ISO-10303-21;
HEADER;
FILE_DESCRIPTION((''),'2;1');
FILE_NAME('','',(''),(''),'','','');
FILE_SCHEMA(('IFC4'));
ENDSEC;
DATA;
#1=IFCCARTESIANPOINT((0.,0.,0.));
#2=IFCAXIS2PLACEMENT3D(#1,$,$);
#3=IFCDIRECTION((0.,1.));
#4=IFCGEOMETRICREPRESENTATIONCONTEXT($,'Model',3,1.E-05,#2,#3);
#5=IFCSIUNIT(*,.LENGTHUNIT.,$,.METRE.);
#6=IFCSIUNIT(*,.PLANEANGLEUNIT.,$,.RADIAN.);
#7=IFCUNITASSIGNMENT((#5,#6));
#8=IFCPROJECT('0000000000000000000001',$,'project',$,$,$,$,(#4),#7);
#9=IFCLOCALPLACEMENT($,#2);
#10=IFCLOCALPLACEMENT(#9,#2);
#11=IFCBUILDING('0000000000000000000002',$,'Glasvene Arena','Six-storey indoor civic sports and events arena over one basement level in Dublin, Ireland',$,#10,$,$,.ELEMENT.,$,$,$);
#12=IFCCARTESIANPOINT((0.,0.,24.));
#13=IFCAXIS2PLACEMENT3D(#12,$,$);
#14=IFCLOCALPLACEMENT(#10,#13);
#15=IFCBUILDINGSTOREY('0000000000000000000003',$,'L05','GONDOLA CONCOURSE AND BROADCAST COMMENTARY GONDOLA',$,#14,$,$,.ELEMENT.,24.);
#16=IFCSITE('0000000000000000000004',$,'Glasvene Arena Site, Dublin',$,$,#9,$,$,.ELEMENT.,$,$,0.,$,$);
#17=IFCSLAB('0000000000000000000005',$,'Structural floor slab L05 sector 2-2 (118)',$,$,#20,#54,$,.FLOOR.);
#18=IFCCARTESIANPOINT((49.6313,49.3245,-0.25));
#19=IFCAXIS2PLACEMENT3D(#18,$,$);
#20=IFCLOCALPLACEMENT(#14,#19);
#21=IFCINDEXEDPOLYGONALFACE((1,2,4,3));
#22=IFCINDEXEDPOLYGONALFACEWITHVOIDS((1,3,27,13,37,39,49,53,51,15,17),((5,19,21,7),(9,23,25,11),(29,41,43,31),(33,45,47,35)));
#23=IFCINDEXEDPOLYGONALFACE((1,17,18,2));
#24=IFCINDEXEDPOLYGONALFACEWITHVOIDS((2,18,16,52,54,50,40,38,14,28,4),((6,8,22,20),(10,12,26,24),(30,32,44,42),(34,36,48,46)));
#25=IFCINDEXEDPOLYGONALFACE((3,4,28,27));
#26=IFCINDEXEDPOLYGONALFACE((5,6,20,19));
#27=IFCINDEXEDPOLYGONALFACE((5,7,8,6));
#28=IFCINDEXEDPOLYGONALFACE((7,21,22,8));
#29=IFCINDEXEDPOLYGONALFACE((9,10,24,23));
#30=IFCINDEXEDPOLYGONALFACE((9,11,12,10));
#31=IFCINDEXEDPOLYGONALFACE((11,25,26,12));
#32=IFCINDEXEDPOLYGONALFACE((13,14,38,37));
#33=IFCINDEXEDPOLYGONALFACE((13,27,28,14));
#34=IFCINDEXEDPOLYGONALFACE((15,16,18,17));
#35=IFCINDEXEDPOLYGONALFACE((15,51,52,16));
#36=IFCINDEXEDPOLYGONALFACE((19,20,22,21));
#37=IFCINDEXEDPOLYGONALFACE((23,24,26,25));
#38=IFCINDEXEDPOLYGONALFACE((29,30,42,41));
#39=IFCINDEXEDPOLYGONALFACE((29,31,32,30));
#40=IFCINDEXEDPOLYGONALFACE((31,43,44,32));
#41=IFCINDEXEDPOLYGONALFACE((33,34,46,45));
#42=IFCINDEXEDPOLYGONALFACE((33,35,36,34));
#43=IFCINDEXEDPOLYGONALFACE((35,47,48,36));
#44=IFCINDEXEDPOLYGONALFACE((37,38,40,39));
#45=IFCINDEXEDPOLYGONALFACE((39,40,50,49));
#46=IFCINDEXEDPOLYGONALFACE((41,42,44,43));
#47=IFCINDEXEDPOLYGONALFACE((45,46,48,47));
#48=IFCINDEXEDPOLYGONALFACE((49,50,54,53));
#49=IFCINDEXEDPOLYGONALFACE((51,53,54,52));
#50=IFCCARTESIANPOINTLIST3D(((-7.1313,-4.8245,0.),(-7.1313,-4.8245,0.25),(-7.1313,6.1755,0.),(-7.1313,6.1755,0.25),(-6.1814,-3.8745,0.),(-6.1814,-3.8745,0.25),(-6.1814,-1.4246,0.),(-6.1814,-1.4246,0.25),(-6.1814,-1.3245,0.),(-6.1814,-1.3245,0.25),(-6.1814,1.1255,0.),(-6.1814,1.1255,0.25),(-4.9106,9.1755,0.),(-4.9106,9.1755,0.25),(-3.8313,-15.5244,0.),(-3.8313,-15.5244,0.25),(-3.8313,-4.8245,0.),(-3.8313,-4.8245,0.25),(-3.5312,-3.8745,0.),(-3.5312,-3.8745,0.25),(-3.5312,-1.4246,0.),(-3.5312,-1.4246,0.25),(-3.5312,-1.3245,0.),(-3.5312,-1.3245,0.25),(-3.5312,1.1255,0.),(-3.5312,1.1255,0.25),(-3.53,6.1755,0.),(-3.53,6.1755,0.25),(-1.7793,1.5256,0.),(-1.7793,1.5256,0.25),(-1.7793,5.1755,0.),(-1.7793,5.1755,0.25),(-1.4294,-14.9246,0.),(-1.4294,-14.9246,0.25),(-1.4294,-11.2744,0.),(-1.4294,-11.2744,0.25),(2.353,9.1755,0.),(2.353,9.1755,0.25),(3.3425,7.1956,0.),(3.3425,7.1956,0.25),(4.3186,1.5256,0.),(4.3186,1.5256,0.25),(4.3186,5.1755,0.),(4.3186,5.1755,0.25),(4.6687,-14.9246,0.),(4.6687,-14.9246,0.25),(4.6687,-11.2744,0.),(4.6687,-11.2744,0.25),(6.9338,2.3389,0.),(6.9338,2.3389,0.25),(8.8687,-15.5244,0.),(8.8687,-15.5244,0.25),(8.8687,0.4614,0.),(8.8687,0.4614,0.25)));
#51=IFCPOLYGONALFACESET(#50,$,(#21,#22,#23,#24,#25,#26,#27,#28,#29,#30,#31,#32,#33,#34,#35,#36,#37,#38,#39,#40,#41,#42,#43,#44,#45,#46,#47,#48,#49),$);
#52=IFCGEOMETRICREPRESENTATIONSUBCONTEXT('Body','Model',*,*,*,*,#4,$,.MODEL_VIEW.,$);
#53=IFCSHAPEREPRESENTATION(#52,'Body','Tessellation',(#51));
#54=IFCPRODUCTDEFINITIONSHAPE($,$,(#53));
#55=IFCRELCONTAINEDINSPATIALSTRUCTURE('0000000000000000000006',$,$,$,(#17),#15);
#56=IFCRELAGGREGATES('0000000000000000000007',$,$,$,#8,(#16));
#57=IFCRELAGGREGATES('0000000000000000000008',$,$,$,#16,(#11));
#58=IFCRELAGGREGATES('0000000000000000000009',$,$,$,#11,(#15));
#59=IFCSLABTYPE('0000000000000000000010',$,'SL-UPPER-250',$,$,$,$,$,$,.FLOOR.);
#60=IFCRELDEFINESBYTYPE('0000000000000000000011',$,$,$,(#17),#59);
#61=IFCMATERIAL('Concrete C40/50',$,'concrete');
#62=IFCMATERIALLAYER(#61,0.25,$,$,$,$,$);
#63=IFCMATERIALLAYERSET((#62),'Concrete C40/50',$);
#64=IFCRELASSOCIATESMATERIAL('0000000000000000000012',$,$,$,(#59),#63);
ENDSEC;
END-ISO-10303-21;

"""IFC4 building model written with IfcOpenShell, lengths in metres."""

from ifc_helpers import new_model, si_unit, direction, frame, origin, place, context, subcontext, project, spatial, polyline, outline, extrude, material, layer, layer_set, type_object, element, save


model = new_model("IFC4")

# Units and contexts
model_context = context("Model", 3, precision=1e-05, world=origin(), true_north=direction((0.0, 1.0)))
body_context = subcontext(model_context, "Body", "Model", "MODEL_VIEW")
ifc_project = project(units=[si_unit("LENGTHUNIT", "METRE"), si_unit("PLANEANGLEUNIT", "RADIAN")], contexts=[model_context])

# Site, building, storey
site_placement = place(None, origin())
site = spatial("IfcSite", under=ifc_project, at=site_placement, Name="Glasvene Arena Site, Dublin", CompositionType="ELEMENT", RefElevation=0.0)
building_placement = place(site_placement, origin())
building = spatial("IfcBuilding", under=site, at=building_placement, Name="Glasvene Arena", Description="Six-storey indoor civic sports and events arena over one basement level in Dublin, Ireland", CompositionType="ELEMENT")
storey_placement = place(building_placement, frame((0.0, 0.0, 24.0)))
storey = spatial("IfcBuildingStorey", under=building, at=storey_placement, Name="L05", Description="GONDOLA CONCOURSE AND BROADCAST COMMENTARY GONDOLA", CompositionType="ELEMENT", Elevation=24.0)

# Slab
ifc_material_1 = material(Name="Concrete C40/50", Category="concrete")
ifc_layer_1 = layer(ifc_material_1, 0.25)
ifc_layer_set_1 = layer_set([ifc_layer_1], Name="Concrete C40/50")
slab_type = type_object("IfcSlabType", Name="SL-UPPER-250", PredefinedType="FLOOR", material=ifc_layer_set_1)
slab_placement = place(storey_placement, frame((49.6313, 49.3245, -0.25)))
element("IfcSlab", 1, at=slab_placement, inside=storey, type_object=slab_type, Name="Structural floor slab L05 sector 2-2 (118)", PredefinedType="FLOOR", context=body_context, shape_type="SweptSolid", body=[
    extrude(outline(polyline([(-7.1313, -4.8245), (-7.1313, 6.1755), (-3.53, 6.1755), (-4.9106, 9.1755), (2.353, 9.1755), (3.3425, 7.1956), (6.9338, 2.3389), (8.8687, 0.4614), (8.8687, -15.5244), (-3.8313, -15.5244), (-3.8313, -4.8245), (-7.1313, -4.8245)]), holes=[polyline([(-1.4294, -11.2744), (-1.4294, -14.9246), (4.6687, -14.9246), (4.6687, -11.2744), (-1.4294, -11.2744)]), polyline([(-3.5312, -1.4246), (-6.1814, -1.4246), (-6.1814, -3.8745), (-3.5312, -3.8745), (-3.5312, -1.4246)]), polyline([(-3.5312, 1.1255), (-6.1814, 1.1255), (-6.1814, -1.3245), (-3.5312, -1.3245), (-3.5312, 1.1255)]), polyline([(4.3186, 5.1755), (-1.7793, 5.1755), (-1.7793, 1.5256), (4.3186, 1.5256), (4.3186, 5.1755)])]), origin(), (0.0, 0.0, 1.0), 0.25),
])

save(model, "model.ifc")
